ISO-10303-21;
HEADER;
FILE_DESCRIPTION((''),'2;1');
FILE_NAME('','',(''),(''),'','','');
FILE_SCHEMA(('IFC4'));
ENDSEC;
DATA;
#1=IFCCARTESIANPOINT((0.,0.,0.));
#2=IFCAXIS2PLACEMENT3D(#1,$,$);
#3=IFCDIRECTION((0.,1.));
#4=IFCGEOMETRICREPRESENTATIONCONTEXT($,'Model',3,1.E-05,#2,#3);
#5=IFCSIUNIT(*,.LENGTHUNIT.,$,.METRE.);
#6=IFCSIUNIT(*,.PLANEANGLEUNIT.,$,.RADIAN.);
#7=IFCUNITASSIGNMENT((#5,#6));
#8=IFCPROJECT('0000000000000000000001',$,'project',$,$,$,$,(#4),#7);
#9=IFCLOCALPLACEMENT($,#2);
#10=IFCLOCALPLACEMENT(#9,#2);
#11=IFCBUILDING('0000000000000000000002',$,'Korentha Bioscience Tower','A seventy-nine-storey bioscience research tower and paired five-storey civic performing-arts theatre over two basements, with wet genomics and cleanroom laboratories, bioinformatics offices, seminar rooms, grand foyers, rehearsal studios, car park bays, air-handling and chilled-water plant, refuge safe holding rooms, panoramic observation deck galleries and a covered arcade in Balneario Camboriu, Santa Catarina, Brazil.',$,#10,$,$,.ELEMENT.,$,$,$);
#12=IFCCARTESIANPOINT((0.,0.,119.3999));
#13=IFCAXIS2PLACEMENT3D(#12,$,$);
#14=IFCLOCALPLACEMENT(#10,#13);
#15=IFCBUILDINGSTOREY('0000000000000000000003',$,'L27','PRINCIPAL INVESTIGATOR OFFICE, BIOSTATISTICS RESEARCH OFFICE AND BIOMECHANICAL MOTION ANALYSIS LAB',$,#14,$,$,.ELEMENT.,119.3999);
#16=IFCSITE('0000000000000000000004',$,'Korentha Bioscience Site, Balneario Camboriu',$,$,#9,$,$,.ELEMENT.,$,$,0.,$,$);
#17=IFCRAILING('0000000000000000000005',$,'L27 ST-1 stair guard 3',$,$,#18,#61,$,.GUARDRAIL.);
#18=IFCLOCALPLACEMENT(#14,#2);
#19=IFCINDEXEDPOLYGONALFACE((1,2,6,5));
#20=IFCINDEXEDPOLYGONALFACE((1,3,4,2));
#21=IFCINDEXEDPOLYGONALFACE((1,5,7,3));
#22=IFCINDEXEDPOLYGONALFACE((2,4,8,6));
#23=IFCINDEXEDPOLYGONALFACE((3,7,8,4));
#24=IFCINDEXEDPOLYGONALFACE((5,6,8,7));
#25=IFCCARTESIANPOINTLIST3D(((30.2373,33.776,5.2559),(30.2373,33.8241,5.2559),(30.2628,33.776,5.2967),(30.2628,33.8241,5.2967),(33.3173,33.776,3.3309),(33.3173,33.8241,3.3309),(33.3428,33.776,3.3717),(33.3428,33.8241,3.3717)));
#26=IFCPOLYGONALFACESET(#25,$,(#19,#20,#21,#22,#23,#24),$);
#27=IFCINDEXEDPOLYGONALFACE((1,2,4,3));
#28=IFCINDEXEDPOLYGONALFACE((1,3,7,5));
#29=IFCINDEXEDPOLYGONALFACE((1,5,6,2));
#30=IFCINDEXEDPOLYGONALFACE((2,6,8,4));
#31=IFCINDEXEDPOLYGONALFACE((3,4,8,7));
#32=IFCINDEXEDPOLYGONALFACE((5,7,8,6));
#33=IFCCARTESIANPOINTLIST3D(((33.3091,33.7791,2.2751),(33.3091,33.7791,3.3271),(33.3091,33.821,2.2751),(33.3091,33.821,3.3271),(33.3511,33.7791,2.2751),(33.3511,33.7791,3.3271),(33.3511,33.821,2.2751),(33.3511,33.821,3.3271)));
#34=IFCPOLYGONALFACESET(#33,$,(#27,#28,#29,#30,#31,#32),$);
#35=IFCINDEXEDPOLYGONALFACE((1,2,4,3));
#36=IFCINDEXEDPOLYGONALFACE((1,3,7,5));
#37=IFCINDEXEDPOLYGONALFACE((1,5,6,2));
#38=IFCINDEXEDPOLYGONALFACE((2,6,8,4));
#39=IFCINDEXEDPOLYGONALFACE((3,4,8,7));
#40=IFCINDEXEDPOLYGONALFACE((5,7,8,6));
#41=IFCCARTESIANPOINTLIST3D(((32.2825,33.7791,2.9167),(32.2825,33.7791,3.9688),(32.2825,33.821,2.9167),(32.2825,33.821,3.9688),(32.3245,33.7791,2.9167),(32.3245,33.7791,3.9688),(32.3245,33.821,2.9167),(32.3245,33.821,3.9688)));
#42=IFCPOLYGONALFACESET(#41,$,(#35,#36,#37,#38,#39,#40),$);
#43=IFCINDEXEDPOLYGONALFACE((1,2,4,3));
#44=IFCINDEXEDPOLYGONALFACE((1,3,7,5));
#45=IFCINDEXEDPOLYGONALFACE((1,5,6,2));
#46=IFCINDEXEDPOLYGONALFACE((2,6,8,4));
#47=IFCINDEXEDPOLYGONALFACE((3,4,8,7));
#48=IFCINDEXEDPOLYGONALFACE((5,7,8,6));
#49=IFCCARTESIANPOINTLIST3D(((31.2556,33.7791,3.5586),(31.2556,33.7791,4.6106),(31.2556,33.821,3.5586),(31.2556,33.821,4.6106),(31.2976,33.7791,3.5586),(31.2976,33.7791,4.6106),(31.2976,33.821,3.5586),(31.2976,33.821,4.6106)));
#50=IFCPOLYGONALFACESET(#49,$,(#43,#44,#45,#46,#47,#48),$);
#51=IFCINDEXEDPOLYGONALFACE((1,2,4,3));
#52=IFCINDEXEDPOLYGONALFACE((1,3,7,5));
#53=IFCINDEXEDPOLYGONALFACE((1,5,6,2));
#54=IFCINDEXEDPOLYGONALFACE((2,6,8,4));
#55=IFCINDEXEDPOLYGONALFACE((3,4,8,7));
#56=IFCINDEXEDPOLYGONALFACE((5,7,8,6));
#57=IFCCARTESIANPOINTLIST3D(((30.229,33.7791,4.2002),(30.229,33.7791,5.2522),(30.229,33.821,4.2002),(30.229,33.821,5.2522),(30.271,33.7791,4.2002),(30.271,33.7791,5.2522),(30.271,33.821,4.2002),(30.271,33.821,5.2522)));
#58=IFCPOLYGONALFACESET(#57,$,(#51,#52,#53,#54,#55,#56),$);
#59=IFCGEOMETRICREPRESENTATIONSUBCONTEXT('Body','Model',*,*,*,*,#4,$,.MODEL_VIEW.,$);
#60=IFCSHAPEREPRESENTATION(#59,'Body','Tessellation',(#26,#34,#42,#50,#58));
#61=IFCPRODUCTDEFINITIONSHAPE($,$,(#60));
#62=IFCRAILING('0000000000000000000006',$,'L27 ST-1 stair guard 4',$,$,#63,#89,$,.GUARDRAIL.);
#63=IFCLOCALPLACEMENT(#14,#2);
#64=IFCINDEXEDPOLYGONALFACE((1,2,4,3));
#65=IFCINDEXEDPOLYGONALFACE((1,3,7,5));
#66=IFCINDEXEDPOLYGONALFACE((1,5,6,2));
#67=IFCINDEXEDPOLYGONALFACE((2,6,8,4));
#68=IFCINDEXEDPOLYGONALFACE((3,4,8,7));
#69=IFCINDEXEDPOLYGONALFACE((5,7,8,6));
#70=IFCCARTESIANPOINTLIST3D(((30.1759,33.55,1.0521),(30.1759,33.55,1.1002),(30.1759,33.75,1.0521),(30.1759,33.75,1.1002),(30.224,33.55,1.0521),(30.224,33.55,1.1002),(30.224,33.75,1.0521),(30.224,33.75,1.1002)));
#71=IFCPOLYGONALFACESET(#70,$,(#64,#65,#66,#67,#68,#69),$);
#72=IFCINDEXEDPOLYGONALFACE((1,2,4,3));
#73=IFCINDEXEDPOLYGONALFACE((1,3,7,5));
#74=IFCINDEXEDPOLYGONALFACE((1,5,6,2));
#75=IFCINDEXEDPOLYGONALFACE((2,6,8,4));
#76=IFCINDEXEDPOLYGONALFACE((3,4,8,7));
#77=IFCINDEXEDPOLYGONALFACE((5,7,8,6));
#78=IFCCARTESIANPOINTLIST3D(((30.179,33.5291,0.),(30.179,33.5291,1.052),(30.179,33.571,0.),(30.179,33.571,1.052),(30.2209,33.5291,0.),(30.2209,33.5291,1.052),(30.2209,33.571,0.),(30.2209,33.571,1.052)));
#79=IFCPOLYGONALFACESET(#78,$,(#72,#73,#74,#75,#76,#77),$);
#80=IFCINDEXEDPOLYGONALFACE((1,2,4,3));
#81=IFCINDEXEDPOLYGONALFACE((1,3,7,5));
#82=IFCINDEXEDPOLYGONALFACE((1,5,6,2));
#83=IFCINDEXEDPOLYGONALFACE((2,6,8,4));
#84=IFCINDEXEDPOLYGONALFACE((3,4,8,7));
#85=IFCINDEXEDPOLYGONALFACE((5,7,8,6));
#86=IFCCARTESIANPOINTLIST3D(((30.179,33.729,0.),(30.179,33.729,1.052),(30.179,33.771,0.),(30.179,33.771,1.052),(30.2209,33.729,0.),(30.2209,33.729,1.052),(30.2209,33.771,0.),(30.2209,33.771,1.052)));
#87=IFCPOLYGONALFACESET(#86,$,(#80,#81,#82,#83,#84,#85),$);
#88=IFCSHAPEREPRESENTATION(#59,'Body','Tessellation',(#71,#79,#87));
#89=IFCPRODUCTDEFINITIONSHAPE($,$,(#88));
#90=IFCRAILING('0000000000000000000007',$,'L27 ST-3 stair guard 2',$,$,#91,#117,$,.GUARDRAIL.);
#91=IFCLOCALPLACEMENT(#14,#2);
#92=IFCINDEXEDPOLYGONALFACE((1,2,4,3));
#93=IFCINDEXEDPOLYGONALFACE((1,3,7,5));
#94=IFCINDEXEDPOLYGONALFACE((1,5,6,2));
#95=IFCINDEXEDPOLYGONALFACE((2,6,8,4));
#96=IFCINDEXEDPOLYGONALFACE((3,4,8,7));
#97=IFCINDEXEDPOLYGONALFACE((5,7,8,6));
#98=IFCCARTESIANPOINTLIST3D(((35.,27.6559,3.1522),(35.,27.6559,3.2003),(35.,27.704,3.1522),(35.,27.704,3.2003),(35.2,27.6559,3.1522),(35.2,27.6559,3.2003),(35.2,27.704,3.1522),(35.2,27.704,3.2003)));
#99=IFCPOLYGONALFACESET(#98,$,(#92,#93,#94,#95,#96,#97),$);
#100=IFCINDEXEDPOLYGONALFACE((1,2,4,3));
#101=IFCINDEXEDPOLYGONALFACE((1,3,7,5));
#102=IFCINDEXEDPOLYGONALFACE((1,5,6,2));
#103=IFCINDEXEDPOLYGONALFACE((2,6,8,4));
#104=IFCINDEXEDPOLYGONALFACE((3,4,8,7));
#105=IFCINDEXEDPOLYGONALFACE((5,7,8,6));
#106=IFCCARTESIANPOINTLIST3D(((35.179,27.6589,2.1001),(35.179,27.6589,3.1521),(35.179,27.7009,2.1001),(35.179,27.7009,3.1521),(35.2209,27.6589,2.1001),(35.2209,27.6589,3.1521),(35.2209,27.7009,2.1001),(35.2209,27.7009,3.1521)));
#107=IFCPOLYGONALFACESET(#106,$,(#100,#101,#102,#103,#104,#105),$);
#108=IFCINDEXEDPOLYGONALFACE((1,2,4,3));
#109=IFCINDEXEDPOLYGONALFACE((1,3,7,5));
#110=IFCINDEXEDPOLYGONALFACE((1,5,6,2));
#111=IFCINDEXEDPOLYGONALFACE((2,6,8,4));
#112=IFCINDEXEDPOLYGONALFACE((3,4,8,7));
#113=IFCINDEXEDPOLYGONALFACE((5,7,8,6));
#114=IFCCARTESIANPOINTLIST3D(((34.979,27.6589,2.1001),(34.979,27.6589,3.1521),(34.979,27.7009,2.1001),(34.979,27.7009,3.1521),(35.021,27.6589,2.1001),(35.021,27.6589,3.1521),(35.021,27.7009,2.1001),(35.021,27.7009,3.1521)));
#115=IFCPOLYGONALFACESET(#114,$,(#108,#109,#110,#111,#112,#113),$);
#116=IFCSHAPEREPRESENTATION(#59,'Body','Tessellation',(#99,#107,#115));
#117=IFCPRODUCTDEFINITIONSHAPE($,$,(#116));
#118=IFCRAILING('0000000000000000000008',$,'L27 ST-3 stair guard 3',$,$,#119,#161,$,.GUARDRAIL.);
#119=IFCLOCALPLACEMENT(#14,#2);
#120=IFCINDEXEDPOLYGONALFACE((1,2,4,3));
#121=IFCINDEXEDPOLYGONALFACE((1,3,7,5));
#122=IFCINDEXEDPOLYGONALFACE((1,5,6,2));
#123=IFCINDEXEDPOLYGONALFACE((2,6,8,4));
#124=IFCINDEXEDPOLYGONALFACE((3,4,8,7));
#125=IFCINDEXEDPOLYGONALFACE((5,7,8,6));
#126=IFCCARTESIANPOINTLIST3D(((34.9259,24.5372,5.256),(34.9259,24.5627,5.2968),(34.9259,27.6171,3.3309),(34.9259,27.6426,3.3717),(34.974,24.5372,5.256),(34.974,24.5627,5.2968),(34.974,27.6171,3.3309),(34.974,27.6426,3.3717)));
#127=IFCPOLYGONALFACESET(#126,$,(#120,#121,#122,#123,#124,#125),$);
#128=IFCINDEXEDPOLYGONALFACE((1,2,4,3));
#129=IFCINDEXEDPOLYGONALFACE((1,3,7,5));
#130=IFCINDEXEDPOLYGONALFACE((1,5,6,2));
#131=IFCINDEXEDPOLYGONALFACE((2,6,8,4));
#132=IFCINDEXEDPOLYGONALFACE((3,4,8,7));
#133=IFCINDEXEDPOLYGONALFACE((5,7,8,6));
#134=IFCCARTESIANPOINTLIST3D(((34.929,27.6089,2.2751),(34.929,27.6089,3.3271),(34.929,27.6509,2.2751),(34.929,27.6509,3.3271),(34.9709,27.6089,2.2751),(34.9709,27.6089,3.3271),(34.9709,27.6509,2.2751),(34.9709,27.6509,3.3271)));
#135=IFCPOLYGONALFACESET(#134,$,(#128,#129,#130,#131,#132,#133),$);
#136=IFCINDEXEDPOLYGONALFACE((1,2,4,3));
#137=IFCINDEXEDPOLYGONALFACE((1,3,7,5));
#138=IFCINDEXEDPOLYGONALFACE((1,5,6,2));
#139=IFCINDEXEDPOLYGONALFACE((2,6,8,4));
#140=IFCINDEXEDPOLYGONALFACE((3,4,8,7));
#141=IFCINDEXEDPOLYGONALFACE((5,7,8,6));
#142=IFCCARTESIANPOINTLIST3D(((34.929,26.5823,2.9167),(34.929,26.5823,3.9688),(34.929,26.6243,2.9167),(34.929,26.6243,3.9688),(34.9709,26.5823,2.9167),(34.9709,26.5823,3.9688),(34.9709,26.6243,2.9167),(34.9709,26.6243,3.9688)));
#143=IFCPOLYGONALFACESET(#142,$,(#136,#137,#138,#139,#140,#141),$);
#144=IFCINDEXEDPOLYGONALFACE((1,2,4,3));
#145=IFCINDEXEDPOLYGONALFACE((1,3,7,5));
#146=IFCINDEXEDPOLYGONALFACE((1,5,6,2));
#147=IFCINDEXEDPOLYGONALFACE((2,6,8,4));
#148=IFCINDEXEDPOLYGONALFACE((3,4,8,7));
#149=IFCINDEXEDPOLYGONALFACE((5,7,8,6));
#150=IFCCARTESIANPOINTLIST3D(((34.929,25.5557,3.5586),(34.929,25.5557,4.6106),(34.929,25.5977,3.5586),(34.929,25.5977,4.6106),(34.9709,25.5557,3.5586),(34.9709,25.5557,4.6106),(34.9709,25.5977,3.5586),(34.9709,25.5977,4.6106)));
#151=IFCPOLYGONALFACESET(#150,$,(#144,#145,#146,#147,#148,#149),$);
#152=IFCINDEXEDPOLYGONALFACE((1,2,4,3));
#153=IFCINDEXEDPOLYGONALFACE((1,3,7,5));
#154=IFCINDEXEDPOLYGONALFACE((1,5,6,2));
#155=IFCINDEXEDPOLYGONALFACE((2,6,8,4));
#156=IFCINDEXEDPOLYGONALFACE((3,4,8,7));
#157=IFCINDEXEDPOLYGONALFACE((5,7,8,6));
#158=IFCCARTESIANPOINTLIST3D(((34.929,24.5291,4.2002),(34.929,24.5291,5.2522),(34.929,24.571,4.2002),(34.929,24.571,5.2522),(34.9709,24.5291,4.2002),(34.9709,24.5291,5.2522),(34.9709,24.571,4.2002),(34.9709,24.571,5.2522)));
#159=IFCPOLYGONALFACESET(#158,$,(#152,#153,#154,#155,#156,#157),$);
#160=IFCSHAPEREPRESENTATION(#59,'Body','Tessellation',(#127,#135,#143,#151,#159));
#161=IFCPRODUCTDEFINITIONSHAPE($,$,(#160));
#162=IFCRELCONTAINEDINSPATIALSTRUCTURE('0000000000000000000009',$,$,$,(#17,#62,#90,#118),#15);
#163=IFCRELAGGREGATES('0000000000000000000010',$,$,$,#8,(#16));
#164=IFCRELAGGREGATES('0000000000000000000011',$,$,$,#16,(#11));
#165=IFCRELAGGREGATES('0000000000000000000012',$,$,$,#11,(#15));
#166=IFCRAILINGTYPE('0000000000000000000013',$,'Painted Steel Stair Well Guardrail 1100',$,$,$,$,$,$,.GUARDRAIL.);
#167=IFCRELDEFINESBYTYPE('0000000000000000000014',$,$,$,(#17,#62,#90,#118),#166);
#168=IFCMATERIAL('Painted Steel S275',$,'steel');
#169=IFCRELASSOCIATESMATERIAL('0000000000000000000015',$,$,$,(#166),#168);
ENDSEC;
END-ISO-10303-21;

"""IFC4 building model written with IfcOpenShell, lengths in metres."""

from ifc_helpers import new_model, si_unit, direction, frame, origin, origin_2d, place, context, subcontext, project, spatial, rectangle, extrude, material, type_object, element, save


model = new_model("IFC4")

# Units and contexts
model_context = context("Model", 3, precision=1e-05, world=origin(), true_north=direction((0.0, 1.0)))
body_context = subcontext(model_context, "Body", "Model", "MODEL_VIEW")
ifc_project = project(units=[si_unit("LENGTHUNIT", "METRE"), si_unit("PLANEANGLEUNIT", "RADIAN")], contexts=[model_context])

# Site, building, storey
site_placement = place(None, origin())
site = spatial("IfcSite", under=ifc_project, at=site_placement, Name="Korentha Bioscience Site, Balneario Camboriu", CompositionType="ELEMENT", RefElevation=0.0)
building_placement = place(site_placement, origin())
building = spatial("IfcBuilding", under=site, at=building_placement, Name="Korentha Bioscience Tower", Description="A seventy-nine-storey bioscience research tower and paired five-storey civic performing-arts theatre over two basements, with wet genomics and cleanroom laboratories, bioinformatics offices, seminar rooms, grand foyers, rehearsal studios, car park bays, air-handling and chilled-water plant, refuge safe holding rooms, panoramic observation deck galleries and a covered arcade in Balneario Camboriu, Santa Catarina, Brazil.", CompositionType="ELEMENT")
storey_placement = place(building_placement, frame((0.0, 0.0, 119.3999)))
storey = spatial("IfcBuildingStorey", under=building, at=storey_placement, Name="L27", Description="PRINCIPAL INVESTIGATOR OFFICE, BIOSTATISTICS RESEARCH OFFICE AND BIOMECHANICAL MOTION ANALYSIS LAB", CompositionType="ELEMENT", Elevation=119.3999)

# Railings
ifc_material_1 = material(Name="Painted Steel S275", Category="steel")
railing_type_1 = type_object("IfcRailingType", Name="Painted Steel Stair Well Guardrail 1100", PredefinedType="GUARDRAIL", material=ifc_material_1)
railing_1_placement = place(storey_placement, frame((33.3301, 33.8, 2.2751)))
element("IfcRailing", 1, at=railing_1_placement, inside=storey, type_object=railing_type_1, Name="L27 ST-1 stair guard 3", PredefinedType="GUARDRAIL", context=body_context, shape_type="SweptSolid", body=[
    extrude(rectangle(XDim=0.0481, YDim=0.0481, at=origin_2d()), frame((0.0, 0.0, 1.0762), z_axis=(-0.847998, 0.0, 0.529999), x_axis=(0.0, -1.0, 0.0)), (0.0, 0.0, 1.0), 3.6321),
    extrude(rectangle(XDim=0.042, YDim=0.042, at=origin_2d()), origin(), (0.0, 0.0, 1.0), 1.052),
    extrude(rectangle(XDim=0.042, YDim=0.042, at=origin_2d()), frame((-1.0266, 0.0, 0.6416)), (0.0, 0.0, 1.0), 1.052),
    extrude(rectangle(XDim=0.042, YDim=0.042, at=origin_2d()), frame((-2.0535, 0.0, 1.2834)), (0.0, 0.0, 1.0), 1.052),
    extrude(rectangle(XDim=0.042, YDim=0.042, at=origin_2d()), frame((-3.0801, 0.0, 1.925)), (0.0, 0.0, 1.0), 1.052),
])
railing_2_placement = place(storey_placement, frame((30.2, 33.55, 0.0)))
element("IfcRailing", 2, at=railing_2_placement, inside=storey, type_object=railing_type_1, Name="L27 ST-1 stair guard 4", PredefinedType="GUARDRAIL", context=body_context, shape_type="SweptSolid", body=[
    extrude(rectangle(XDim=0.0481, YDim=0.0481, at=origin_2d()), frame((0.0, 0.0, 1.0762), z_axis=(0.0, 1.0, 0.0), x_axis=(-1.0, 0.0, 0.0)), (0.0, 0.0, 1.0), 0.2),
    extrude(rectangle(XDim=0.042, YDim=0.042, at=origin_2d()), origin(), (0.0, 0.0, 1.0), 1.052),
    extrude(rectangle(XDim=0.042, YDim=0.042, at=origin_2d()), frame((0.0, 0.2, 0.0)), (0.0, 0.0, 1.0), 1.052),
])
railing_3_placement = place(storey_placement, frame((35.2, 27.6799, 2.1001)))
element("IfcRailing", 3, at=railing_3_placement, inside=storey, type_object=railing_type_1, Name="L27 ST-3 stair guard 2", PredefinedType="GUARDRAIL", context=body_context, shape_type="SweptSolid", body=[
    extrude(rectangle(XDim=0.0481, YDim=0.0481, at=origin_2d()), frame((0.0, 0.0, 1.0762), z_axis=(-1.0, 0.0, 0.0), x_axis=(0.0, -1.0, 0.0)), (0.0, 0.0, 1.0), 0.2),
    extrude(rectangle(XDim=0.042, YDim=0.042, at=origin_2d()), origin(), (0.0, 0.0, 1.0), 1.052),
    extrude(rectangle(XDim=0.042, YDim=0.042, at=origin_2d()), frame((-0.2, 0.0, 0.0)), (0.0, 0.0, 1.0), 1.052),
])
railing_4_placement = place(storey_placement, frame((34.95, 27.6299, 2.2751)))
element("IfcRailing", 4, at=railing_4_placement, inside=storey, type_object=railing_type_1, Name="L27 ST-3 stair guard 3", PredefinedType="GUARDRAIL", context=body_context, shape_type="SweptSolid", body=[
    extrude(rectangle(XDim=0.0481, YDim=0.0481, at=origin_2d()), frame((0.0, 0.0, 1.0762), z_axis=(0.0, -0.847979, 0.530029), x_axis=(1.0, 0.0, 0.0)), (0.0, 0.0, 1.0), 3.6321),
    extrude(rectangle(XDim=0.042, YDim=0.042, at=origin_2d()), origin(), (0.0, 0.0, 1.0), 1.052),
    extrude(rectangle(XDim=0.042, YDim=0.042, at=origin_2d()), frame((0.0, -1.0266, 0.6416)), (0.0, 0.0, 1.0), 1.052),
    extrude(rectangle(XDim=0.042, YDim=0.042, at=origin_2d()), frame((0.0, -2.0532, 1.2834)), (0.0, 0.0, 1.0), 1.052),
    extrude(rectangle(XDim=0.042, YDim=0.042, at=origin_2d()), frame((0.0, -3.0798, 1.925)), (0.0, 0.0, 1.0), 1.052),
])

save(model, "model.ifc")
